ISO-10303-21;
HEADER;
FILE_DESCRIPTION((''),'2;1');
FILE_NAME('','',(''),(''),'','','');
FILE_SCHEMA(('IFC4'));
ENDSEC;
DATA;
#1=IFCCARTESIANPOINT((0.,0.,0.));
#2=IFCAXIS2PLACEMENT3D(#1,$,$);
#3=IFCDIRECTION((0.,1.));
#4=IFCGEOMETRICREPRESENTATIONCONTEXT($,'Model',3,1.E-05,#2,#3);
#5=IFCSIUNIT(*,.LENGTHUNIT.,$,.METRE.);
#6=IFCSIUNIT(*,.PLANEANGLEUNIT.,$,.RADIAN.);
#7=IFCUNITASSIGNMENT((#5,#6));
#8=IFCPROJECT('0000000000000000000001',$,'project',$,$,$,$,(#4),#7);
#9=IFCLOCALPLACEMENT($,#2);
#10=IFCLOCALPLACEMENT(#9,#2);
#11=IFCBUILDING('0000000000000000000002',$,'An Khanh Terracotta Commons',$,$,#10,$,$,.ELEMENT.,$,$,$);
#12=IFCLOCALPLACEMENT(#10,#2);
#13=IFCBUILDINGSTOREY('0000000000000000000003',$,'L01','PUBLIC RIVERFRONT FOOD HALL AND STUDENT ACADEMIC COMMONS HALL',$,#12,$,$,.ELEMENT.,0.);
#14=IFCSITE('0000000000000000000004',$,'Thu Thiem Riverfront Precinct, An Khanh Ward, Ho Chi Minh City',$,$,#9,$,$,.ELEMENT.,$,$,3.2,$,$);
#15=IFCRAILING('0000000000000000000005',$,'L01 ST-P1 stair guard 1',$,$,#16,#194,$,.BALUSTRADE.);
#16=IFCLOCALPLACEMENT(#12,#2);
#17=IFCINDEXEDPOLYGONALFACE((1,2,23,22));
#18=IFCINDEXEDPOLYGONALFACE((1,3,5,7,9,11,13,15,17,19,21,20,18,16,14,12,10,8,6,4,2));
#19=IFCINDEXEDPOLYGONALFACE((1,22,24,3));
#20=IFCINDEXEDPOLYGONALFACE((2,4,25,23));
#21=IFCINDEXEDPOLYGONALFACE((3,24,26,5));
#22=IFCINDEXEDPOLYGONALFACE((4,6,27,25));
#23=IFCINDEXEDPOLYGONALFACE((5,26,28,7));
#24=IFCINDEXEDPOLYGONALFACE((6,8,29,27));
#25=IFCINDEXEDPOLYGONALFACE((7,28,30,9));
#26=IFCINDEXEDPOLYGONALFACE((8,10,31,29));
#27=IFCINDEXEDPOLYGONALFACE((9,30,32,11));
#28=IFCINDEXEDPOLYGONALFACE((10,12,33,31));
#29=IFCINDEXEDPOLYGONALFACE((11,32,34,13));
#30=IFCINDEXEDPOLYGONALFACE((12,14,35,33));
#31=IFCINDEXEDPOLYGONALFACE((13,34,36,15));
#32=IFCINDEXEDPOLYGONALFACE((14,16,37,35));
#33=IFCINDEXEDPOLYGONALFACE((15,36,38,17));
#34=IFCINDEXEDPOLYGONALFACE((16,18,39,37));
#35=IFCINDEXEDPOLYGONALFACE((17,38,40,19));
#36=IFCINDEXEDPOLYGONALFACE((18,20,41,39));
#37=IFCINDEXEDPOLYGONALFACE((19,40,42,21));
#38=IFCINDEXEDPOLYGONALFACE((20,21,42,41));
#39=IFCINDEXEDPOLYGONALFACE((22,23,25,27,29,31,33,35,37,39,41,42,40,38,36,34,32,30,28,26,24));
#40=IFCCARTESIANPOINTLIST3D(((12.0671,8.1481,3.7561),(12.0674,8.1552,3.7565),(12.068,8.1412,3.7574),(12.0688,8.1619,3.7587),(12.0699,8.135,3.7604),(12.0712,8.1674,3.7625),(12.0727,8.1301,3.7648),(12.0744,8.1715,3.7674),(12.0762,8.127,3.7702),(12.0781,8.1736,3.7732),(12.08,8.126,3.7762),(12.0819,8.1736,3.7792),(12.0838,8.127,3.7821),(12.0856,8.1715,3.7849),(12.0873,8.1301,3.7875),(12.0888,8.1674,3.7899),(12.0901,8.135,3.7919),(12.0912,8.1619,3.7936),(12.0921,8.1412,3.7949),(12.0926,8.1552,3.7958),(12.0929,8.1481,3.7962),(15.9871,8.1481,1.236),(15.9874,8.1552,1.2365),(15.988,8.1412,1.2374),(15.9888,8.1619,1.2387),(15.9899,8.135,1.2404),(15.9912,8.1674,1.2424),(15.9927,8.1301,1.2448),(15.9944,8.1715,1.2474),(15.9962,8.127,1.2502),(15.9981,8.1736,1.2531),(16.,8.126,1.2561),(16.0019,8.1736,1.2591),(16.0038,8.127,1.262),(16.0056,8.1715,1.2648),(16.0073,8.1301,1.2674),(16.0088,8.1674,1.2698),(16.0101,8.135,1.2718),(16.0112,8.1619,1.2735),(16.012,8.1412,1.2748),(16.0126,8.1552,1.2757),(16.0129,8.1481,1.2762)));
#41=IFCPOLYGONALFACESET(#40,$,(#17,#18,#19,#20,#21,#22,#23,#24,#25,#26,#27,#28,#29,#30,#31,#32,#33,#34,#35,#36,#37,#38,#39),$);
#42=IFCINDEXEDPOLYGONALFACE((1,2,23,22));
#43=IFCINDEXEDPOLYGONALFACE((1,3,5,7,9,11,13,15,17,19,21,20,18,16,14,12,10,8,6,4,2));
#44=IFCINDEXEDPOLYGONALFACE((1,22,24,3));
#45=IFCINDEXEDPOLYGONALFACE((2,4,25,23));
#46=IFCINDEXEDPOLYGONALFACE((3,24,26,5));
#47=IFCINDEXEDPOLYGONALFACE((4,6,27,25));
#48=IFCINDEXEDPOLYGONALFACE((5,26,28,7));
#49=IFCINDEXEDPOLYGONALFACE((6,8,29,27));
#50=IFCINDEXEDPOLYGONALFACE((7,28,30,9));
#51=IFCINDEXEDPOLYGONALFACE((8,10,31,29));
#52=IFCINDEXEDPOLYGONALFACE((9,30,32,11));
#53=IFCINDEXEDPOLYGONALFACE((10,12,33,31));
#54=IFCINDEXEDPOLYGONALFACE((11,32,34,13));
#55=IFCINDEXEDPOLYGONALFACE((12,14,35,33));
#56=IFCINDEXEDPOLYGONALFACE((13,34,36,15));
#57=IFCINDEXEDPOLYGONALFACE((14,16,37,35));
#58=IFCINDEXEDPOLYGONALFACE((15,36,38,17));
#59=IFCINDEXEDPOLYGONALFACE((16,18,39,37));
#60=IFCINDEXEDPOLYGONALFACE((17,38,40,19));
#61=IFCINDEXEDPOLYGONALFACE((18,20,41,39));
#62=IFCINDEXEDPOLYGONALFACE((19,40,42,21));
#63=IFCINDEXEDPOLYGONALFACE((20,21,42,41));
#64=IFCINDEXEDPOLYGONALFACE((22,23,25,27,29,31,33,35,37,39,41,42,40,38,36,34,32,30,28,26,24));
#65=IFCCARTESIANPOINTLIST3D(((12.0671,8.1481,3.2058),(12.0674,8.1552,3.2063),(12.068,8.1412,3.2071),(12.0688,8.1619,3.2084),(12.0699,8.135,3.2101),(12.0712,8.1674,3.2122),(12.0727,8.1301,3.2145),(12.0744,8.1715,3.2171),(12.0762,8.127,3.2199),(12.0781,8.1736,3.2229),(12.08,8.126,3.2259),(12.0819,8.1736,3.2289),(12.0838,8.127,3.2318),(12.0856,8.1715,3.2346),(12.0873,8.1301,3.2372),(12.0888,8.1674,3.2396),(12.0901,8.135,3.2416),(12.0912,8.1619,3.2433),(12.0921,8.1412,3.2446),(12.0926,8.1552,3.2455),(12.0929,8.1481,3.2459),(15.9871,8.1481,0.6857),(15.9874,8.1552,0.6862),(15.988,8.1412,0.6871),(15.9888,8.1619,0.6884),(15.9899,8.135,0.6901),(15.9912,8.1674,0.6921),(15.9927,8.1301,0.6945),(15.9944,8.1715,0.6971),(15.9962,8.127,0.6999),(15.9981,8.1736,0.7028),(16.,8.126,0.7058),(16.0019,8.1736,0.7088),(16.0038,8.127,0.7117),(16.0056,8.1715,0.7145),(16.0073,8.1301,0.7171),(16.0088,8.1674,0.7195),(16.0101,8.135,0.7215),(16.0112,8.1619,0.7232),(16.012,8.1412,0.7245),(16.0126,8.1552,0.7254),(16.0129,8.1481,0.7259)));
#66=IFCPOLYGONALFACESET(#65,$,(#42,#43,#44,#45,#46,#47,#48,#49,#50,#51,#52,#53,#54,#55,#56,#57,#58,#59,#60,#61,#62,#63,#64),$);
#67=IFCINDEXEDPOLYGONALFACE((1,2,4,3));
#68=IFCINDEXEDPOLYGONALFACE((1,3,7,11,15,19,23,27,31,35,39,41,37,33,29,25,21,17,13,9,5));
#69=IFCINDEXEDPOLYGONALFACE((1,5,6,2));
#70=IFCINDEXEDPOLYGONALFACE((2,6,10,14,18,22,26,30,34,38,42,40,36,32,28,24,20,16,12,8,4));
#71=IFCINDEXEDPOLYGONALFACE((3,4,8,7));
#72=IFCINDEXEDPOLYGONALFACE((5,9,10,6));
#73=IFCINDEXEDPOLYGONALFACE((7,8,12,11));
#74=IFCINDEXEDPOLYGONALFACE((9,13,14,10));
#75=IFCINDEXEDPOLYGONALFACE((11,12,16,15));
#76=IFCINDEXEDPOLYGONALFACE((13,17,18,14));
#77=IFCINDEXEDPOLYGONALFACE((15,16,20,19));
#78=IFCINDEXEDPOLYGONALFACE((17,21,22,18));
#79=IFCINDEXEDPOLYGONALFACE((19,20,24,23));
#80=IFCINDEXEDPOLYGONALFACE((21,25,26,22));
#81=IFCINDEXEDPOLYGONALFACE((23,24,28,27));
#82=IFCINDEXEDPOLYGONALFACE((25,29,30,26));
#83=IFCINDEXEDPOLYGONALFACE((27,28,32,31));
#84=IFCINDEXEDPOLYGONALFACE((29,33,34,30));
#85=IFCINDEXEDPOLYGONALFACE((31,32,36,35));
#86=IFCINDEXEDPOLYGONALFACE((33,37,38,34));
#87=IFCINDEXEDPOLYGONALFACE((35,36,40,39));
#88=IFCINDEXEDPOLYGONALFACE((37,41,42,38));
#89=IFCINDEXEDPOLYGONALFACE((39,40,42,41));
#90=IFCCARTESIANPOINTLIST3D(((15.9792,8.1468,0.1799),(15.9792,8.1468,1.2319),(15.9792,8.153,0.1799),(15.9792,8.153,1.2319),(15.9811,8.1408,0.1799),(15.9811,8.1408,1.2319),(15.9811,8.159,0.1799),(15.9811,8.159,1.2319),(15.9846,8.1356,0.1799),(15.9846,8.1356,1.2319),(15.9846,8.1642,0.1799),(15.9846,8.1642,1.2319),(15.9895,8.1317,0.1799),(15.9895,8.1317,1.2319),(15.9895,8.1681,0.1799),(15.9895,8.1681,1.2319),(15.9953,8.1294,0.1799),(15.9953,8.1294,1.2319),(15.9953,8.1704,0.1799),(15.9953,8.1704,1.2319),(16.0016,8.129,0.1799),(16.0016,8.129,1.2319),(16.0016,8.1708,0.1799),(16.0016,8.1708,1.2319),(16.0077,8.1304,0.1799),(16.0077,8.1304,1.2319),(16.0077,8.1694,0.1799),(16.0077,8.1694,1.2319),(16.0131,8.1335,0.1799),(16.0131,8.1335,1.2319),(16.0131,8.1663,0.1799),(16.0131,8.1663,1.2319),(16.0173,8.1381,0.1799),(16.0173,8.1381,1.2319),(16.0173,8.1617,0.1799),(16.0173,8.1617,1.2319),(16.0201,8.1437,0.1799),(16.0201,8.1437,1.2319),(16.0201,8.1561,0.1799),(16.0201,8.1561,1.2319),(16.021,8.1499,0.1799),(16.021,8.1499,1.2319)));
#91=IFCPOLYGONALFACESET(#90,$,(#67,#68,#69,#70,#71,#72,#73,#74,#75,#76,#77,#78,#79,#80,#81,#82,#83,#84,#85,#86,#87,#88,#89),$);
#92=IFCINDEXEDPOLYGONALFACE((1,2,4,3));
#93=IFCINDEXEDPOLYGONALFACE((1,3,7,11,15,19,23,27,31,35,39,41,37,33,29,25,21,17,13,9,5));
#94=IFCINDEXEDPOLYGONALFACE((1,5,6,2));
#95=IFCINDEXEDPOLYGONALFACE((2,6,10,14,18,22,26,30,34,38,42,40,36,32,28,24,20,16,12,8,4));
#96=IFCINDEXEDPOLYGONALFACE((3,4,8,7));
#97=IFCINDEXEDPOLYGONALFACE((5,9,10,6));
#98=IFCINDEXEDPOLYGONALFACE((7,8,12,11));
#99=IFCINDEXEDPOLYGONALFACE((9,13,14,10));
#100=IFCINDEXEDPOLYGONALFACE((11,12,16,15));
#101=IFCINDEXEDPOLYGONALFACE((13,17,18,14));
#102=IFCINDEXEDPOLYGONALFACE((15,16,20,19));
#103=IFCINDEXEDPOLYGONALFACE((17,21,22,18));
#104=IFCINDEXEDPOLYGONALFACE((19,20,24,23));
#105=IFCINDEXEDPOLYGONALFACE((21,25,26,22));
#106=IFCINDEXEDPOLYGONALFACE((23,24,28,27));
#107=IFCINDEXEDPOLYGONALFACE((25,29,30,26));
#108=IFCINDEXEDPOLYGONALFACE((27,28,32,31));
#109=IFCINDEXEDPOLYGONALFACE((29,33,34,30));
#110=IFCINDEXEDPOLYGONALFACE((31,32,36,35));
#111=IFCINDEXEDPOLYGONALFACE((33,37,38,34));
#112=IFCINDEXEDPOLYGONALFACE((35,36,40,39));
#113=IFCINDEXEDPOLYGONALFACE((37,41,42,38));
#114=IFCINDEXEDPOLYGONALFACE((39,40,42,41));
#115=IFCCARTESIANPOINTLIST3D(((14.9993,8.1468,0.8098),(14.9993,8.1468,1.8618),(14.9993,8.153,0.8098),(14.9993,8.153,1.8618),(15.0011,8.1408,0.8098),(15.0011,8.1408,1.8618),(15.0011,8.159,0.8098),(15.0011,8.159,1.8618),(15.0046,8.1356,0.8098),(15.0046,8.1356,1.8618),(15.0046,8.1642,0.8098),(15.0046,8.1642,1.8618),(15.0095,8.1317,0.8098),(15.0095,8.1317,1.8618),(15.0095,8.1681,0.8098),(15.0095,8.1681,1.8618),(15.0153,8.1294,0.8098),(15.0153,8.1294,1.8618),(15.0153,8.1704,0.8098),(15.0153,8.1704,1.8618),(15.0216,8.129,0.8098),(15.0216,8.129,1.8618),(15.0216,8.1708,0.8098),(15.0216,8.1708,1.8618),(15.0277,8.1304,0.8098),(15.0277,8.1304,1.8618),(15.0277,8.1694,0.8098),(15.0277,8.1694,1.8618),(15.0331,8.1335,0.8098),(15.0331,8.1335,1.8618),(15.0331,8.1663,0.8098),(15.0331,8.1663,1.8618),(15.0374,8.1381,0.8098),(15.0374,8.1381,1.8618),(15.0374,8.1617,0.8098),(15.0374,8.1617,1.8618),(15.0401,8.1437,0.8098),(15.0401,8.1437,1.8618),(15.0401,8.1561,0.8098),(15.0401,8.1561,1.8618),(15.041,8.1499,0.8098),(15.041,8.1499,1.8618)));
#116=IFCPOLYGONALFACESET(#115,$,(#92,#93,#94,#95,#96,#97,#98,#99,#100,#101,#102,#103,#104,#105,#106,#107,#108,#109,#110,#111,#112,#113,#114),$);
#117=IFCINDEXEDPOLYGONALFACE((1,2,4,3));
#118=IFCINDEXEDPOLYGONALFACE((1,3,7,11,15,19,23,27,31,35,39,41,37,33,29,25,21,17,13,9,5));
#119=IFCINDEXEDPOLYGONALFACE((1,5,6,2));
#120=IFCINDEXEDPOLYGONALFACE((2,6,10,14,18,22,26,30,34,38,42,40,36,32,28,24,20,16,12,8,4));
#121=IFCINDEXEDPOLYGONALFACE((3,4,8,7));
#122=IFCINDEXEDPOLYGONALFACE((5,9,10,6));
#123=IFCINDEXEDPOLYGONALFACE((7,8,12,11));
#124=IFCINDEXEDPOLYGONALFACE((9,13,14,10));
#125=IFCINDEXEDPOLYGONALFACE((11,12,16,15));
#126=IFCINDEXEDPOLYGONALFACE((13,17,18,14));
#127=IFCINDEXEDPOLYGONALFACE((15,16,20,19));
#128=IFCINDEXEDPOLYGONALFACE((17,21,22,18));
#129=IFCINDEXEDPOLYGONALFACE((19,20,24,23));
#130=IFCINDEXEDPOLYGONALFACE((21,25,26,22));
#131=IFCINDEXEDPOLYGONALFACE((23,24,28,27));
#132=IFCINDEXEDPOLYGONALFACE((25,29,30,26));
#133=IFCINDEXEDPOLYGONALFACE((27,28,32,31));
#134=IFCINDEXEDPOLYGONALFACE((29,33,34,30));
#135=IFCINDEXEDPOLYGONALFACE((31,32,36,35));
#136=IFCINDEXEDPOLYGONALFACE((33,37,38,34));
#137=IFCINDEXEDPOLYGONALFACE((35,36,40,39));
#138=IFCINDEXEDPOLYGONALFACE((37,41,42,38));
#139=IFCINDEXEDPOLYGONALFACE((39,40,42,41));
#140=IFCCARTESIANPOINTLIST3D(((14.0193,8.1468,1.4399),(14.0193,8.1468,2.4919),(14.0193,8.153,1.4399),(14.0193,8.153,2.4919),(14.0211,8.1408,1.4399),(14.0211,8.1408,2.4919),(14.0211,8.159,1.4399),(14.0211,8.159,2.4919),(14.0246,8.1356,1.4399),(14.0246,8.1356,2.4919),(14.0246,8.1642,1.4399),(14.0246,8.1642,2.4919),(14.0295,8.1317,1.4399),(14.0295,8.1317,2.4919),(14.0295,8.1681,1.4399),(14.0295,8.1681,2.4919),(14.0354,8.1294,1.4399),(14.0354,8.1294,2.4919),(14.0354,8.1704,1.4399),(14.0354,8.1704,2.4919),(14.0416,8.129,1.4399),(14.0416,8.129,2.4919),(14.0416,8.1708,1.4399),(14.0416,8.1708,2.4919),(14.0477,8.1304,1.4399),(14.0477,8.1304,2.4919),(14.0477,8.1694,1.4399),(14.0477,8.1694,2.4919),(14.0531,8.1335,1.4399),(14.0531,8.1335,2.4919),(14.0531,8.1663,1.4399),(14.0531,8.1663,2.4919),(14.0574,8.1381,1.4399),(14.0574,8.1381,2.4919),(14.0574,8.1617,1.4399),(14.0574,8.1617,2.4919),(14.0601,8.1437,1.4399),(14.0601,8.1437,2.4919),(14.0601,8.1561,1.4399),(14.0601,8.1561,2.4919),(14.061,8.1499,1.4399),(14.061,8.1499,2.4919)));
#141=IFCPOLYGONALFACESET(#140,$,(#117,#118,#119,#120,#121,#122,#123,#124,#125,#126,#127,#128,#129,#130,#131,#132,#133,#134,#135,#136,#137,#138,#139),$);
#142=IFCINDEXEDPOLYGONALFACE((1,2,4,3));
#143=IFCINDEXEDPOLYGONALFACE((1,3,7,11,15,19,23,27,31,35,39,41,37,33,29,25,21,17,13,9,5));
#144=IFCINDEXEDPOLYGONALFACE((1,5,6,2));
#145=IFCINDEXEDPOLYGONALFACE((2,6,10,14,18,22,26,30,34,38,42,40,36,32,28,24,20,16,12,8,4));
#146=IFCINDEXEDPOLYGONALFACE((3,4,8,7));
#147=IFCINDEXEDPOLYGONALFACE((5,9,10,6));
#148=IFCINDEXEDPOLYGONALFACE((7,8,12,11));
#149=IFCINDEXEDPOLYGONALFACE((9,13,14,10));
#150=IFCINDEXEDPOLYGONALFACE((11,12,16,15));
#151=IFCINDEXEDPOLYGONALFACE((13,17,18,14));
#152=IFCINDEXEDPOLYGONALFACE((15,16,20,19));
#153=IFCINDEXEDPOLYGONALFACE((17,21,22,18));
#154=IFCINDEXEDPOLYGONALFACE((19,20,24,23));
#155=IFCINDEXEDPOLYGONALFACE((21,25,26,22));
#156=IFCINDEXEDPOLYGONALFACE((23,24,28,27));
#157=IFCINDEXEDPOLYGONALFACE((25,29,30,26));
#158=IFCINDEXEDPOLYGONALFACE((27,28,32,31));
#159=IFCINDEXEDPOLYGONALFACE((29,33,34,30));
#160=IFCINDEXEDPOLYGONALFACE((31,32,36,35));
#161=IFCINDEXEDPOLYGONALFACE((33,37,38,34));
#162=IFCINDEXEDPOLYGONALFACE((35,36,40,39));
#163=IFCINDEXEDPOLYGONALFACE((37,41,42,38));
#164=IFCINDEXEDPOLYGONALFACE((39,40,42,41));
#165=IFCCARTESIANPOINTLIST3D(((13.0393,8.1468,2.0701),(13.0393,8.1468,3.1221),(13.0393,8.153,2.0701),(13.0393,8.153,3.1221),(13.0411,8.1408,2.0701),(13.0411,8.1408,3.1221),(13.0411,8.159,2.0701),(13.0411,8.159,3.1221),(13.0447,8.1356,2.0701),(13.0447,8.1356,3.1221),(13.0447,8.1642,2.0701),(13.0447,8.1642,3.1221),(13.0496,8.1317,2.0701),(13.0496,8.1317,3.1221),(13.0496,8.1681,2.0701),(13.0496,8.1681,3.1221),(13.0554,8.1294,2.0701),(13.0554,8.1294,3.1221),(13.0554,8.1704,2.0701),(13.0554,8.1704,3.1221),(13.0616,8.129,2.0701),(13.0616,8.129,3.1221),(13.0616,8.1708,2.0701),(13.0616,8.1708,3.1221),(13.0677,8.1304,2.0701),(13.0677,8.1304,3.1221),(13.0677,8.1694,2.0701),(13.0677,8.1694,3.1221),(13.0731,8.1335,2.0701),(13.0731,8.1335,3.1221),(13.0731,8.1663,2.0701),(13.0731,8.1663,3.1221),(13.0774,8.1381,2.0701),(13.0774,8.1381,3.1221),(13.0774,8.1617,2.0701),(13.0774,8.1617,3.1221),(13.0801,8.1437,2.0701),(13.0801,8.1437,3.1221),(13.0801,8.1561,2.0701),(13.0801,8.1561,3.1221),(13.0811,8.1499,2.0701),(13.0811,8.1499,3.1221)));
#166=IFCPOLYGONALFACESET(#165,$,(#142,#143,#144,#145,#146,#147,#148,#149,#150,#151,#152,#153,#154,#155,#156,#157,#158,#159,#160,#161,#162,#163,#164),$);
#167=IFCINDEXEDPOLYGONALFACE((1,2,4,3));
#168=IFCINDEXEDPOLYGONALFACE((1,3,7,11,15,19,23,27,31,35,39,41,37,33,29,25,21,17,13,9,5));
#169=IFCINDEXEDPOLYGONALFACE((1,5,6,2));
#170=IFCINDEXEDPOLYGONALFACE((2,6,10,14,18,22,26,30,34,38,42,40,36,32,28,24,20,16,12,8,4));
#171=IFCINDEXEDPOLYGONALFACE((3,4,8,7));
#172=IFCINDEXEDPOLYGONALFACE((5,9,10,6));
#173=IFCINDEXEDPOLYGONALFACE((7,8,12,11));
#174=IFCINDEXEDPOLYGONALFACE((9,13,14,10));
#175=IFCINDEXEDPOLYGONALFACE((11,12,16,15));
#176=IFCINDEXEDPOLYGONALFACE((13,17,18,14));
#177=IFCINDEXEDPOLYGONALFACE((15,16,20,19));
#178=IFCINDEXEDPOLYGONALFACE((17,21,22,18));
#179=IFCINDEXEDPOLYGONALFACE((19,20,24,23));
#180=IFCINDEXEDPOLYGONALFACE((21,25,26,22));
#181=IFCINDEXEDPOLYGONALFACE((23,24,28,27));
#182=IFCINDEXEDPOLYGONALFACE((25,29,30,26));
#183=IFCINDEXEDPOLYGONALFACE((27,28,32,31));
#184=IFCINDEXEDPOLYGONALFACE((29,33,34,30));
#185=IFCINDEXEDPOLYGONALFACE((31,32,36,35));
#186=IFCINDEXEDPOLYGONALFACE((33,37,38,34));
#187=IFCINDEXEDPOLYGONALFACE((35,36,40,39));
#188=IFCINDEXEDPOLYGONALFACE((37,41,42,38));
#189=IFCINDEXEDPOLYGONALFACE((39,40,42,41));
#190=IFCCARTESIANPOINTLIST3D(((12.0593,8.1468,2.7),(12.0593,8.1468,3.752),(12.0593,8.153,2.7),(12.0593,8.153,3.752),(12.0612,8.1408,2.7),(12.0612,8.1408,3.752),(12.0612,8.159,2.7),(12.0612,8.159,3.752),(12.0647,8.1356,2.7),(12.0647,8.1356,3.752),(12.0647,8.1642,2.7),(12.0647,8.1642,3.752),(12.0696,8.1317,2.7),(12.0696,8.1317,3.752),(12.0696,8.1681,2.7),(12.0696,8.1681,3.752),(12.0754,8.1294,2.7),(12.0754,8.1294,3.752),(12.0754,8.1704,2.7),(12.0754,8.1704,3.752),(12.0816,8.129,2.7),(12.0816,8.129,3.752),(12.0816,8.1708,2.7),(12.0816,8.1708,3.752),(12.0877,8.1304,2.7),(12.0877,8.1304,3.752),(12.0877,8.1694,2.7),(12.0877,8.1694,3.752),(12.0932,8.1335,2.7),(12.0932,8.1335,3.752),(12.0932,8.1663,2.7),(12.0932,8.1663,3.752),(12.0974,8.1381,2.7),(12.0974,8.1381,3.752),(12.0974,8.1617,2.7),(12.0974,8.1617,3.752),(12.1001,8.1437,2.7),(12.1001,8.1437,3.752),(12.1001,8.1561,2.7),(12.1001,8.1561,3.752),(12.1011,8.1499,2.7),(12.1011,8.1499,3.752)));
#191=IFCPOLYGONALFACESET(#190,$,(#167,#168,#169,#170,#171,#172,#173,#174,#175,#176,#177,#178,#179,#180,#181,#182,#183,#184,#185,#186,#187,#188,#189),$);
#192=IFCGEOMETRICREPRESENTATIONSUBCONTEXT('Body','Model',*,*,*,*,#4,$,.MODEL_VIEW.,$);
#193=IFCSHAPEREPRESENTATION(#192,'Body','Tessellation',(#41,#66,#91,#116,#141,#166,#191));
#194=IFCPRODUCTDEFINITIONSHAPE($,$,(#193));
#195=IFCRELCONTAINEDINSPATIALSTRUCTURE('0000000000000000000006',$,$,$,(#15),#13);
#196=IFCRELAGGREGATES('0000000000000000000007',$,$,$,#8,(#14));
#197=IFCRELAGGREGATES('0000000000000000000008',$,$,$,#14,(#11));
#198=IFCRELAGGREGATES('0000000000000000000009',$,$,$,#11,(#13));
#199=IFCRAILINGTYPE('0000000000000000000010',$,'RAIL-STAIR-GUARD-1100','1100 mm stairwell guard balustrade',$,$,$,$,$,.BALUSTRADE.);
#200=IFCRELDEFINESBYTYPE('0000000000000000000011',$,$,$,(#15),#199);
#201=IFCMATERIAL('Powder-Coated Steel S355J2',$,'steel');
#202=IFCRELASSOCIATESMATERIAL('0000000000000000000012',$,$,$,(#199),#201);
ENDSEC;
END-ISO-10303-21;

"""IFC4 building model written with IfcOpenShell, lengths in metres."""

from ifc_helpers import new_model, si_unit, direction, frame, origin, origin_2d, place, context, subcontext, project, spatial, circle, extrude, material, type_object, element, save


model = new_model("IFC4")

# Units and contexts
model_context = context("Model", 3, precision=1e-05, world=origin(), true_north=direction((0.0, 1.0)))
body_context = subcontext(model_context, "Body", "Model", "MODEL_VIEW")
ifc_project = project(units=[si_unit("LENGTHUNIT", "METRE"), si_unit("PLANEANGLEUNIT", "RADIAN")], contexts=[model_context])

# Site, building, storey
site_placement = place(None, origin())
site = spatial("IfcSite", under=ifc_project, at=site_placement, Name="Thu Thiem Riverfront Precinct, An Khanh Ward, Ho Chi Minh City", CompositionType="ELEMENT", RefElevation=3.2)
building_placement = place(site_placement, origin())
building = spatial("IfcBuilding", under=site, at=building_placement, Name="An Khanh Terracotta Commons", CompositionType="ELEMENT")
storey_placement = place(building_placement, origin())
storey = spatial("IfcBuildingStorey", under=building, at=storey_placement, Name="L01", Description="PUBLIC RIVERFRONT FOOD HALL AND STUDENT ACADEMIC COMMONS HALL", CompositionType="ELEMENT", Elevation=0.0)

# Railing
ifc_material_1 = material(Name="Powder-Coated Steel S355J2", Category="steel")
railing_type_1 = type_object("IfcRailingType", Name="RAIL-STAIR-GUARD-1100", Description="1100 mm stairwell guard balustrade", PredefinedType="BALUSTRADE", material=ifc_material_1)
railing_1_placement = place(storey_placement, frame((16.0, 8.1499, 0.1799)))
element("IfcRailing", 1, at=railing_1_placement, inside=storey, type_object=railing_type_1, Name="L01 ST-P1 stair guard 1", PredefinedType="BALUSTRADE", context=body_context, shape_type="SweptSolid", body=[
    extrude(circle(Radius=0.0239, at=origin_2d()), frame((0.0, 0.0, 1.0762), z_axis=(-0.841172, 0.0, 0.540768), x_axis=(0.0, -1.0, 0.0)), (0.0, 0.0, 1.0), 4.6602),
    extrude(circle(Radius=0.0239, at=origin_2d()), frame((0.0, 0.0, 0.5259), z_axis=(-0.841172, 0.0, 0.540768), x_axis=(0.0, -1.0, 0.0)), (0.0, 0.0, 1.0), 4.6602),
    extrude(circle(Radius=0.021, at=origin_2d()), origin(), (0.0, 0.0, 1.0), 1.052),
    extrude(circle(Radius=0.021, at=origin_2d()), frame((-0.98, 0.0, 0.6299)), (0.0, 0.0, 1.0), 1.052),
    extrude(circle(Radius=0.021, at=origin_2d()), frame((-1.96, 0.0, 1.26)), (0.0, 0.0, 1.0), 1.052),
    extrude(circle(Radius=0.021, at=origin_2d()), frame((-2.9399, 0.0, 1.8901)), (0.0, 0.0, 1.0), 1.052),
    extrude(circle(Radius=0.021, at=origin_2d()), frame((-3.9199, 0.0, 2.52)), (0.0, 0.0, 1.0), 1.052),
])

save(model, "model.ifc")
